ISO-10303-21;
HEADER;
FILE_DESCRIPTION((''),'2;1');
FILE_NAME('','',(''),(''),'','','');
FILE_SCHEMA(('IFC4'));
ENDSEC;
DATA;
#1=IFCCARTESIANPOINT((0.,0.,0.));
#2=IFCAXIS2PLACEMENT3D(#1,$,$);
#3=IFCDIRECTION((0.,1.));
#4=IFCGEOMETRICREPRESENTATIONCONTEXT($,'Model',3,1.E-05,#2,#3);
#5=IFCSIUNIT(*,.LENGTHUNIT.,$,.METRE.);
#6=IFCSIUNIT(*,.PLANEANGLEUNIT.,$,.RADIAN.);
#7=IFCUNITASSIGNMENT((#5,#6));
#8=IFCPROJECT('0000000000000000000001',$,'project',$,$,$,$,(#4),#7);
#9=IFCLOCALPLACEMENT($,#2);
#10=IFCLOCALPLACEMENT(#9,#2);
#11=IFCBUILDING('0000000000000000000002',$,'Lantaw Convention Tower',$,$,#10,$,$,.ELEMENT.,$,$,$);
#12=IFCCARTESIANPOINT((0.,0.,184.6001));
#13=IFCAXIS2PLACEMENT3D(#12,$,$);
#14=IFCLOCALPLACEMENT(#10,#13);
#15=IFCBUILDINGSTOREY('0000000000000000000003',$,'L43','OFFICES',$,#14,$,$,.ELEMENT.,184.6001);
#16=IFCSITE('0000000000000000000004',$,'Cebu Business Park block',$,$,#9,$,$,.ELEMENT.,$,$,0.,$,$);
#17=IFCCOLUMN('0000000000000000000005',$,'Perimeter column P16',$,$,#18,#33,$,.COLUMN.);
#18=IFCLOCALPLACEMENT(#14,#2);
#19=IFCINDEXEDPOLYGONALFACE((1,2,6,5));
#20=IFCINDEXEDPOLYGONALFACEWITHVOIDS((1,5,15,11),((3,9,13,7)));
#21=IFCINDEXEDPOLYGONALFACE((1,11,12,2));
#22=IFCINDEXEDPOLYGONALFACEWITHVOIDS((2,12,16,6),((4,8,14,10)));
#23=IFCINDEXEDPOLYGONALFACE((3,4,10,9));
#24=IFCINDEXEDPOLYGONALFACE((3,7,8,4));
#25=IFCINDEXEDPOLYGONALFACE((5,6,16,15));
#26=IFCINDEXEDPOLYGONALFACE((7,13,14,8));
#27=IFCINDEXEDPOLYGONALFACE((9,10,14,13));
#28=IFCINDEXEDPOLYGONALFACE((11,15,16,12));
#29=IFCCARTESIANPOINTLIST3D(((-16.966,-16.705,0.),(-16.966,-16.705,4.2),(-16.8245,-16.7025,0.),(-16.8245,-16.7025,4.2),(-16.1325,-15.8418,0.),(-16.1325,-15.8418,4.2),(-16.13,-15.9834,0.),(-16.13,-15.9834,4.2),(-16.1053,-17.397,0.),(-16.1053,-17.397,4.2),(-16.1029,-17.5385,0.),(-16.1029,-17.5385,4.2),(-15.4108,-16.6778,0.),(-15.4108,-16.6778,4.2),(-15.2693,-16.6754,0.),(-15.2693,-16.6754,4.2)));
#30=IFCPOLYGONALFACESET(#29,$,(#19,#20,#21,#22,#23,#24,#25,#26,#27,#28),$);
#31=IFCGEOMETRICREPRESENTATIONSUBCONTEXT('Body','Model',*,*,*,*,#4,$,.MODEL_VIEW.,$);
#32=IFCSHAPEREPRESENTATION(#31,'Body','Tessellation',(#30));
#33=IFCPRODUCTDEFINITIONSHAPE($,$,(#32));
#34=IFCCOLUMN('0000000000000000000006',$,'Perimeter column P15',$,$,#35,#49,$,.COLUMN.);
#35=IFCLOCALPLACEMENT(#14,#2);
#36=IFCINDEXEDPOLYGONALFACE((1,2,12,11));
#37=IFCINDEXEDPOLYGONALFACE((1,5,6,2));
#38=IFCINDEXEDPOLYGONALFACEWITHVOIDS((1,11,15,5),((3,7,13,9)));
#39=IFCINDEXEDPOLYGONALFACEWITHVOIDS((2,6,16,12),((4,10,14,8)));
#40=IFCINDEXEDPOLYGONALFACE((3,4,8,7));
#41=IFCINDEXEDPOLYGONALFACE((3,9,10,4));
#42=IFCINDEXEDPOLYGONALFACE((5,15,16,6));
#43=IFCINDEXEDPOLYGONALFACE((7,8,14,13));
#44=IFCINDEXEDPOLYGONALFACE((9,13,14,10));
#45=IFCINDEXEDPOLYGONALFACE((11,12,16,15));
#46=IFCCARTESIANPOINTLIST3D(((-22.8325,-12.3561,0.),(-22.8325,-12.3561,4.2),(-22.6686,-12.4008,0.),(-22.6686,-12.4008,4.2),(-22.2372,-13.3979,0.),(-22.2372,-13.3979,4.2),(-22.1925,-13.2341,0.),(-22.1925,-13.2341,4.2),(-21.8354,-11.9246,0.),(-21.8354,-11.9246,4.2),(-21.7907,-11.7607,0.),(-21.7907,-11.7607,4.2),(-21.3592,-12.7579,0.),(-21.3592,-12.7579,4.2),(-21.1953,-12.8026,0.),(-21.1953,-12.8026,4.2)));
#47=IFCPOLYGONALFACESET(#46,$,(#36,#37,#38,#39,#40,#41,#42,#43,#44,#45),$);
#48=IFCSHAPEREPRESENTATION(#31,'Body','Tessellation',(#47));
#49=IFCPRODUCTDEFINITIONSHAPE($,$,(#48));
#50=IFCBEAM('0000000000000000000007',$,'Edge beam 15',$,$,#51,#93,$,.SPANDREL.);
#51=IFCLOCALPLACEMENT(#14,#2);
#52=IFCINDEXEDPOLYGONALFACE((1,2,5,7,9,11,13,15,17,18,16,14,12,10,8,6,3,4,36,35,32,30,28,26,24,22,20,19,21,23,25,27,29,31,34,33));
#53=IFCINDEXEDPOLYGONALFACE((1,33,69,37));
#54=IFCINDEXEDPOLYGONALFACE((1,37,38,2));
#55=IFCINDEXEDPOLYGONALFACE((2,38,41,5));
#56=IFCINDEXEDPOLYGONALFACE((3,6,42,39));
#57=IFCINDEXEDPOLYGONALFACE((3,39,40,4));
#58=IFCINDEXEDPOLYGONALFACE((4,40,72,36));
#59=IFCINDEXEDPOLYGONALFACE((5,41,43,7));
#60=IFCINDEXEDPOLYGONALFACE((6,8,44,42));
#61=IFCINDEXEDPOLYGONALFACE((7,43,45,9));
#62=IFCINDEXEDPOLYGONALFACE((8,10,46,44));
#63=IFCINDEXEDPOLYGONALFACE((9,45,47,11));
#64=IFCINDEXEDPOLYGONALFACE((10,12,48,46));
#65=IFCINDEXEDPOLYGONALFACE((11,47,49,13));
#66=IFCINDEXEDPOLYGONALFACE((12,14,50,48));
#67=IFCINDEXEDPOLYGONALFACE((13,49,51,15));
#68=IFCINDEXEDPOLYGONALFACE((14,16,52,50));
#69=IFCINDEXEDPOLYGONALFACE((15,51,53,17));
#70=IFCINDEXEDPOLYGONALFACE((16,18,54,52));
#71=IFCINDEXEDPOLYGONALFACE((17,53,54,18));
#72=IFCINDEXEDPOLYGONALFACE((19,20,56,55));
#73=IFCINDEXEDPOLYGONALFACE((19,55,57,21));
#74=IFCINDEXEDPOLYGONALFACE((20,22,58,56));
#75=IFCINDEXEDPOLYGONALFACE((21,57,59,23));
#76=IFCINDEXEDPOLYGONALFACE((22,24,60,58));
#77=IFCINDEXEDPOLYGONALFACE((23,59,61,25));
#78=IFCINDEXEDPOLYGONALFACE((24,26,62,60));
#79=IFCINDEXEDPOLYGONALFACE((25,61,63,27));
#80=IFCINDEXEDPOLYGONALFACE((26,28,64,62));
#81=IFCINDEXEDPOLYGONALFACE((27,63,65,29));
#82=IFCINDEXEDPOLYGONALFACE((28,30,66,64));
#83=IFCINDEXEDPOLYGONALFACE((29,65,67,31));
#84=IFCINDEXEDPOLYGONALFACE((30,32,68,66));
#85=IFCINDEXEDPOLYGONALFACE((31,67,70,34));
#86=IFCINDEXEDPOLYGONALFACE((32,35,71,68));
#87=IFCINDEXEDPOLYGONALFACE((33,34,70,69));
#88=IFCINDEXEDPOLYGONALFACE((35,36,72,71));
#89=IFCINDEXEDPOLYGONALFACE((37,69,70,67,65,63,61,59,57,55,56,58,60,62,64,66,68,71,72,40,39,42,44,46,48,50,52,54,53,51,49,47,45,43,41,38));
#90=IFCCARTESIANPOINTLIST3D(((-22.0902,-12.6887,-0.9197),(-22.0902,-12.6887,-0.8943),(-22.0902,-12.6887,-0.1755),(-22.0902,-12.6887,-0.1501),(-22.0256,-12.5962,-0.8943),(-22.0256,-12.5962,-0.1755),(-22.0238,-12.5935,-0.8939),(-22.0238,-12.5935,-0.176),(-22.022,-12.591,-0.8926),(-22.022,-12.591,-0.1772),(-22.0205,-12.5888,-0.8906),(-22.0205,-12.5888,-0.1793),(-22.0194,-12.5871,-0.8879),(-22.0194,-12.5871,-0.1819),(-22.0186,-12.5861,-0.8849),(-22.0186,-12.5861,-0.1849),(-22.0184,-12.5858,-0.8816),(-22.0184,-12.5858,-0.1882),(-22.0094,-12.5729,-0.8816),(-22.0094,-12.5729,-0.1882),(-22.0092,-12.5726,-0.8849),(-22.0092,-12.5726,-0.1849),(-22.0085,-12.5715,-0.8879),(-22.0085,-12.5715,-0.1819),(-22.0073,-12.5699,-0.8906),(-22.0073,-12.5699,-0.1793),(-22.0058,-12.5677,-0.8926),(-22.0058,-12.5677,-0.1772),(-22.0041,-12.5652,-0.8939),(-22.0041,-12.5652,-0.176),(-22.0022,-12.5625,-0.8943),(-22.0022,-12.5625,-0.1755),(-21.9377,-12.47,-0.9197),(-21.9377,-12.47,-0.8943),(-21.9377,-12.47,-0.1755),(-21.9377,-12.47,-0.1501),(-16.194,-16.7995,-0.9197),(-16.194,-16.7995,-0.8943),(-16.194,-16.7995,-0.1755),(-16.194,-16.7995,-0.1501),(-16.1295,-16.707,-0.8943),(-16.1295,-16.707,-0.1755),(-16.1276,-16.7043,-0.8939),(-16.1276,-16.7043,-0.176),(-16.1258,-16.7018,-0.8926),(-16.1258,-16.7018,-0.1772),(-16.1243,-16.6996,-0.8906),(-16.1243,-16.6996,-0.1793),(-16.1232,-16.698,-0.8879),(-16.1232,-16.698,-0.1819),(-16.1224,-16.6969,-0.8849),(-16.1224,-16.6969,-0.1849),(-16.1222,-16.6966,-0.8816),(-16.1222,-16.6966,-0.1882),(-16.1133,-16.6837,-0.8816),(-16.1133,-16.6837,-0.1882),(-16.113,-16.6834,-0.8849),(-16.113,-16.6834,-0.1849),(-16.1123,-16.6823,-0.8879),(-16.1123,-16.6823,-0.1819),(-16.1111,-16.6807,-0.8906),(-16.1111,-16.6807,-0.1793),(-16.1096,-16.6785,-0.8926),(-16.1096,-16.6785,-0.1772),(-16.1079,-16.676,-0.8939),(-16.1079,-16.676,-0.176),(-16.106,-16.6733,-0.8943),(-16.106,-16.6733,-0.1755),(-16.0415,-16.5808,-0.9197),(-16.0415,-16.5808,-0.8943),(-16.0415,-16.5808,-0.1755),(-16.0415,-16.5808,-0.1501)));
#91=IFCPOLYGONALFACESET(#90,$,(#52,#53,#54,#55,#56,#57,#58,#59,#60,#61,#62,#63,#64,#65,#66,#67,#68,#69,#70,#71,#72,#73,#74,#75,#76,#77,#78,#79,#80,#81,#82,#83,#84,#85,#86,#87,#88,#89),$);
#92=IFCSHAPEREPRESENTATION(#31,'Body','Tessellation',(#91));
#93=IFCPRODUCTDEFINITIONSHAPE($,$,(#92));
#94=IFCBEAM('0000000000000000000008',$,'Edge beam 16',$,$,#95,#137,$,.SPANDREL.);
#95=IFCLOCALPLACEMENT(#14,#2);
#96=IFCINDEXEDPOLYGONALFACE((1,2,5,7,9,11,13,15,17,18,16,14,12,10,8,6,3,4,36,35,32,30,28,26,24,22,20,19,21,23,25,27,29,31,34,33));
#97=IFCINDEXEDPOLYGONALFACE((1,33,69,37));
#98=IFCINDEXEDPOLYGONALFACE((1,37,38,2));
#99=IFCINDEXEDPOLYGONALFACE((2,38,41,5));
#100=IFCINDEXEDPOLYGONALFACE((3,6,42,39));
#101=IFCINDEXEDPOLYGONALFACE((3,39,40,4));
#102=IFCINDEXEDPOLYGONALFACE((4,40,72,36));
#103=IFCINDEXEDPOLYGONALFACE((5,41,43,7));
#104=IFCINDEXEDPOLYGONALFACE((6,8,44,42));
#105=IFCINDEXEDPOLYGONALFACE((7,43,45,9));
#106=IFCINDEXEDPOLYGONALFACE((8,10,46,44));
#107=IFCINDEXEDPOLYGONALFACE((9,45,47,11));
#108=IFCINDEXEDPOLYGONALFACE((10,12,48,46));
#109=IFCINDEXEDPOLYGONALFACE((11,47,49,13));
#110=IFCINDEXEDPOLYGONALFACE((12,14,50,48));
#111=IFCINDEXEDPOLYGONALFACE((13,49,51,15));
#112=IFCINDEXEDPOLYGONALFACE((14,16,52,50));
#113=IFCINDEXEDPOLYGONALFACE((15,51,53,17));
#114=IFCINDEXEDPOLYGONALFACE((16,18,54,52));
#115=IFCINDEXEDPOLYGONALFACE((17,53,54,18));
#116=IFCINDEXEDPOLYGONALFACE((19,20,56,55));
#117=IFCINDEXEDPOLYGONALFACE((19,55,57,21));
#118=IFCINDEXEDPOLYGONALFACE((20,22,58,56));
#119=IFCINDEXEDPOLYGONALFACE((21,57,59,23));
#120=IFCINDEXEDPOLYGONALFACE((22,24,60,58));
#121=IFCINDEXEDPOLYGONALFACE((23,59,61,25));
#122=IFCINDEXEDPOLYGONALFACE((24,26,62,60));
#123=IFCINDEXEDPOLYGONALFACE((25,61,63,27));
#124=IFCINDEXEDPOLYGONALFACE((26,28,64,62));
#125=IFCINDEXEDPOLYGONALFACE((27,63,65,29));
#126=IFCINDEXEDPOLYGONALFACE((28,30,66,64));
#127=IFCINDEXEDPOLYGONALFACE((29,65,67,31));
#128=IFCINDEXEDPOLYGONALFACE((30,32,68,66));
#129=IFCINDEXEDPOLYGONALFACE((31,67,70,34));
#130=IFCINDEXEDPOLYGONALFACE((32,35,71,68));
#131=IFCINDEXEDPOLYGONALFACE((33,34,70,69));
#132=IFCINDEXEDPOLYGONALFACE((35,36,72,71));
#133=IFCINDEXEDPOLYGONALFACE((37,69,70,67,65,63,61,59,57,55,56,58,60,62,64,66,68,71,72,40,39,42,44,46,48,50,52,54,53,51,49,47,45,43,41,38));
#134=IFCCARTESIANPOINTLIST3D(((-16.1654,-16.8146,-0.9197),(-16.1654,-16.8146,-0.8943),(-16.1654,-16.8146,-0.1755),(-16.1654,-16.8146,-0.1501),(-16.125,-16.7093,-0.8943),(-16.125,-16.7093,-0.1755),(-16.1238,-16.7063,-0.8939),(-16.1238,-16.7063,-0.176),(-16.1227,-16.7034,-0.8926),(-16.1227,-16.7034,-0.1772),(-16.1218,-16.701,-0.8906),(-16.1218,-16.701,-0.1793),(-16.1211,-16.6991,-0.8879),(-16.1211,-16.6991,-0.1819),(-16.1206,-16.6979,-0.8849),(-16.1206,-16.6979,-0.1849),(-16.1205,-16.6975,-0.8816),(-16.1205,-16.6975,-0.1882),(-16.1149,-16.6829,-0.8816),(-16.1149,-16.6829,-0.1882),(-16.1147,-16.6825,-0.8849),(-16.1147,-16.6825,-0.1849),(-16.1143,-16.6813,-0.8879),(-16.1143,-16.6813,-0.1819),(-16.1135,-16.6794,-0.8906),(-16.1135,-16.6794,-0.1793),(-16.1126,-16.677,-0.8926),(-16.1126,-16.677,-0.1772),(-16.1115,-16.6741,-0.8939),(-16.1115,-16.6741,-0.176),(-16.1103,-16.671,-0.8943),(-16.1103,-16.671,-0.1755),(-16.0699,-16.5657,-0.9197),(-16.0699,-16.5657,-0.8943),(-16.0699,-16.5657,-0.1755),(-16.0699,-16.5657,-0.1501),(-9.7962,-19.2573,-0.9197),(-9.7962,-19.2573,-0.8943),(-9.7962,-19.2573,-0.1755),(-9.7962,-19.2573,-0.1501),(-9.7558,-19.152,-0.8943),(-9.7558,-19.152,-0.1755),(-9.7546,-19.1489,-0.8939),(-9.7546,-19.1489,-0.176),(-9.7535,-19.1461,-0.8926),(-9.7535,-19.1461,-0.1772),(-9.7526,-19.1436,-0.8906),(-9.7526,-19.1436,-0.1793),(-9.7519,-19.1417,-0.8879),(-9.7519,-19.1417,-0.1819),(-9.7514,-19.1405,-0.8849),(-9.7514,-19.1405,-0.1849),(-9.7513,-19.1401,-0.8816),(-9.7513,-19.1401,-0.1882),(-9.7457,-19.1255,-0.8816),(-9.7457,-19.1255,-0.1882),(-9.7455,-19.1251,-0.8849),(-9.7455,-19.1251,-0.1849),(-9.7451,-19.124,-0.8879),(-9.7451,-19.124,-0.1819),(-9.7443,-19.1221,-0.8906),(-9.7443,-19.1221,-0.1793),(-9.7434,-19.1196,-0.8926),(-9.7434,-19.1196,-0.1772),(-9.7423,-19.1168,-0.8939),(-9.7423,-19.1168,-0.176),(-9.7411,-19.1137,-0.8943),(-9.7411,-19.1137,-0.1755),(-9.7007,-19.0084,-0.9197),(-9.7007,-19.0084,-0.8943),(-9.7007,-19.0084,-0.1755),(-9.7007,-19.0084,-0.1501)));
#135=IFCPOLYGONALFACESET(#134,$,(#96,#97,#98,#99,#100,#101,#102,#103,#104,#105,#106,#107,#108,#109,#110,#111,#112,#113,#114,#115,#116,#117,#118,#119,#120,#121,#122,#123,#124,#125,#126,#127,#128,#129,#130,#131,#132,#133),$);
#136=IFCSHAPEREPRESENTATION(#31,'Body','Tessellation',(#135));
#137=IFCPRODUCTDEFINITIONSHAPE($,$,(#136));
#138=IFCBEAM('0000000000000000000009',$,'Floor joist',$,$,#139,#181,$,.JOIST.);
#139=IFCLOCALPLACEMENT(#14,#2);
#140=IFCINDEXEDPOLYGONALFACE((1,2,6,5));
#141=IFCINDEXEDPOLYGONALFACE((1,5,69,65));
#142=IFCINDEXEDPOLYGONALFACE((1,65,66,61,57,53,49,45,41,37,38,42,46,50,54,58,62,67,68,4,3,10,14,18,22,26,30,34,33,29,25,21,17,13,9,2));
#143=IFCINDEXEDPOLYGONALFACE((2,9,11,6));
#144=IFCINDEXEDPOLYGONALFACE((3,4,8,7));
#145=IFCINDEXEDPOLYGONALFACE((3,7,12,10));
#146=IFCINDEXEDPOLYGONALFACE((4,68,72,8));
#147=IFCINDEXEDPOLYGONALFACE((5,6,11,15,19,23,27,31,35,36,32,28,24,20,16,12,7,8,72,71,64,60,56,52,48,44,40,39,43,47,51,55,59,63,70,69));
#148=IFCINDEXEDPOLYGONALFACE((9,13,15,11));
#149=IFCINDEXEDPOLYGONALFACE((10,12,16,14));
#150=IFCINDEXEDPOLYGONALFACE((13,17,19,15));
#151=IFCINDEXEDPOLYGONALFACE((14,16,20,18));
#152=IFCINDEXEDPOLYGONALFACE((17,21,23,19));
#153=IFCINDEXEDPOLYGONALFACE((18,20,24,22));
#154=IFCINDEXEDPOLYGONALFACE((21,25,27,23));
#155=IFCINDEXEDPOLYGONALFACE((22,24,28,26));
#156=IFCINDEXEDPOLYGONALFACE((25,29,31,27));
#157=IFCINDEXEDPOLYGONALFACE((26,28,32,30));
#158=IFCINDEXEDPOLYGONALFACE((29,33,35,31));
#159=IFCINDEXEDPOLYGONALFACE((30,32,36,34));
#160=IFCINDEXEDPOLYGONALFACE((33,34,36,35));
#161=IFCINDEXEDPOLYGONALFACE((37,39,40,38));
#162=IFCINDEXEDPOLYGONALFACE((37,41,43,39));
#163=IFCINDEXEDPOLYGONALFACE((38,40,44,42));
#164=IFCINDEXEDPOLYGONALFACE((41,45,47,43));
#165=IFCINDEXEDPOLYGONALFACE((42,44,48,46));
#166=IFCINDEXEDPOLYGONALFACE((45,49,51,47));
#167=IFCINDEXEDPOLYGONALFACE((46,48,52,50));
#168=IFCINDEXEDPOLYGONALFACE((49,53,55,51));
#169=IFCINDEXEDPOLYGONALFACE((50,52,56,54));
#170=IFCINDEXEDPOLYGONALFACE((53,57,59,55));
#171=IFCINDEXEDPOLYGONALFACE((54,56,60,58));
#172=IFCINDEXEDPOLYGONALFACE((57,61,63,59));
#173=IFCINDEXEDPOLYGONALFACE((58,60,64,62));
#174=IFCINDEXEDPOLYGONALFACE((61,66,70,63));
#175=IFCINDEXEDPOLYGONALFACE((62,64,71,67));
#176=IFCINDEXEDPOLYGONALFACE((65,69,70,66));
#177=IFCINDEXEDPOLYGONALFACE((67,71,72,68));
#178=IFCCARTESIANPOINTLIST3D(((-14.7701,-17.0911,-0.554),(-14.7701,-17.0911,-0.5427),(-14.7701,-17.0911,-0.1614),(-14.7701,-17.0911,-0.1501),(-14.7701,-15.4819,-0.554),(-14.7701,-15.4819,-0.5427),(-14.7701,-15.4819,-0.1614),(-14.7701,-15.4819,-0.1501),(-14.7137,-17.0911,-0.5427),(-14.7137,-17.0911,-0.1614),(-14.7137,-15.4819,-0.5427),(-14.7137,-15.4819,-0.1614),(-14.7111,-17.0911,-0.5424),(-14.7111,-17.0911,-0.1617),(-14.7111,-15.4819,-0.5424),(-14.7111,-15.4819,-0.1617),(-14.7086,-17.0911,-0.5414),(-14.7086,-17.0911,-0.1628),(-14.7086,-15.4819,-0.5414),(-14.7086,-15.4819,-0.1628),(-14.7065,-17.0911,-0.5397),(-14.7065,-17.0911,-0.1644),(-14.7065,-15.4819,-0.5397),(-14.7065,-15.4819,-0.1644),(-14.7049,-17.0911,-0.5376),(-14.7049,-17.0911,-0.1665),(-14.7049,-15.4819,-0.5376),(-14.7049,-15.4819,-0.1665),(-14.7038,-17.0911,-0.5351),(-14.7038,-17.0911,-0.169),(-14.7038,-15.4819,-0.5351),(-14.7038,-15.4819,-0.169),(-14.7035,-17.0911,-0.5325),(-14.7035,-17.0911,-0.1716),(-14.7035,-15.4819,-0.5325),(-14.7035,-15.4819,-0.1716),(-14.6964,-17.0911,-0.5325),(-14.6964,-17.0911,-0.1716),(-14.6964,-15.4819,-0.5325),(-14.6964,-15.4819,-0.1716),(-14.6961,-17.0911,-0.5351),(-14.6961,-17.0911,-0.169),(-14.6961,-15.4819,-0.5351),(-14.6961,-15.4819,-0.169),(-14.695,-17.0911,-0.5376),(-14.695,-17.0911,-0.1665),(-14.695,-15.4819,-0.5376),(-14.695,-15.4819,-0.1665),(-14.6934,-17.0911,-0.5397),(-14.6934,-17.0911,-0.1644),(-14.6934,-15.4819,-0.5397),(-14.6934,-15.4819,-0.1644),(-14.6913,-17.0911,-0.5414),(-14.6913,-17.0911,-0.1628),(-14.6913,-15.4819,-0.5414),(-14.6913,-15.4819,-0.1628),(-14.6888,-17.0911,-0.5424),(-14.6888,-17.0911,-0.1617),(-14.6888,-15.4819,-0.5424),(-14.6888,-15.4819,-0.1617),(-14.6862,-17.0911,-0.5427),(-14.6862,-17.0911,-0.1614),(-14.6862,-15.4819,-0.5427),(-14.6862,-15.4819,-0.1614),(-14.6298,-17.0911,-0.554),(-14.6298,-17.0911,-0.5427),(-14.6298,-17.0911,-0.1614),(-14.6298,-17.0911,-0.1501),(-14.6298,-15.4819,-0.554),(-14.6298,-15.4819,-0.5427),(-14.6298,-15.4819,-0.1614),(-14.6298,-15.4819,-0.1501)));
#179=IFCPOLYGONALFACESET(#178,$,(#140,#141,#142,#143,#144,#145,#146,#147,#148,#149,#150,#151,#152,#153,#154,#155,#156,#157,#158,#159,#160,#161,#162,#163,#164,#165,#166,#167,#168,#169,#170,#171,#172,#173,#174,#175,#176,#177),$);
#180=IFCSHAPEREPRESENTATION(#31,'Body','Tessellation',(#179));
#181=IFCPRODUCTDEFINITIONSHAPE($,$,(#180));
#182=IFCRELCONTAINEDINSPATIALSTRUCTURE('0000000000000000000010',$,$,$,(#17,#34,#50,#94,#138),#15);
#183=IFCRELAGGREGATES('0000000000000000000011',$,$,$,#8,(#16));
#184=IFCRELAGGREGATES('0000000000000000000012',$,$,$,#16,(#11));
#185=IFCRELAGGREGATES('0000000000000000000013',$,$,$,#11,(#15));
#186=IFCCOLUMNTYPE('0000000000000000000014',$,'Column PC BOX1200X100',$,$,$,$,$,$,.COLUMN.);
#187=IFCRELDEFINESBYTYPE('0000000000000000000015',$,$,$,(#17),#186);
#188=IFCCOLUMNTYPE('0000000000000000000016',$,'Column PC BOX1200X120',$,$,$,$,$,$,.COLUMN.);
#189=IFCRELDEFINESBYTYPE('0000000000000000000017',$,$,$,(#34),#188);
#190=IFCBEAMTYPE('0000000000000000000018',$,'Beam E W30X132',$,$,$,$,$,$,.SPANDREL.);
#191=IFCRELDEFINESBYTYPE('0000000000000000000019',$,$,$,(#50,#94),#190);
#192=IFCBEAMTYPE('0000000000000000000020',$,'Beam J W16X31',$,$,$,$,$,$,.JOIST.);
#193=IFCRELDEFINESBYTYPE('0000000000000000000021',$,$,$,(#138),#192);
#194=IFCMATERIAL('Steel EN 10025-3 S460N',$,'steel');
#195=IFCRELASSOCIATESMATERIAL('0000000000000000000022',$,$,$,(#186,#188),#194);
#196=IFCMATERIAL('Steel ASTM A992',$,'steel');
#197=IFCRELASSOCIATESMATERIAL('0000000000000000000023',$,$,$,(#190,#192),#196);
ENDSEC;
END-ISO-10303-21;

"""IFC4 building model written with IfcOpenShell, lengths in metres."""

from ifc_helpers import new_model, si_unit, direction, frame, origin, origin_2d, place, context, subcontext, project, spatial, rectangle, hollow_rectangle, i_section, extrude, material, material_profile, profile_set, type_object, element, save


model = new_model("IFC4")

# Units and contexts
model_context = context("Model", 3, precision=1e-05, world=origin(), true_north=direction((0.0, 1.0)))
body_context = subcontext(model_context, "Body", "Model", "MODEL_VIEW")
ifc_project = project(units=[si_unit("LENGTHUNIT", "METRE"), si_unit("PLANEANGLEUNIT", "RADIAN")], contexts=[model_context])

# Site, building, storey
site_placement = place(None, origin())
site = spatial("IfcSite", under=ifc_project, at=site_placement, Name="Cebu Business Park block", CompositionType="ELEMENT", RefElevation=0.0)
building_placement = place(site_placement, origin())
building = spatial("IfcBuilding", under=site, at=building_placement, Name="Lantaw Convention Tower", CompositionType="ELEMENT")
storey_placement = place(building_placement, frame((0.0, 0.0, 184.6001)))
storey = spatial("IfcBuildingStorey", under=building, at=storey_placement, Name="L43", Description="OFFICES", CompositionType="ELEMENT", Elevation=184.6001)

# Columns
ifc_material_1 = material(Name="Steel EN 10025-3 S460N", Category="steel")
ifc_material_profile_1 = material_profile(ifc_material_1, hollow_rectangle(XDim=1.2, YDim=1.2, WallThickness=0.1001, at=origin_2d()), Name="BOX1200X100")
ifc_material_2 = material(Name="Concrete C60/75", Category="concrete")
ifc_material_profile_2 = material_profile(ifc_material_2, rectangle(XDim=1.0, YDim=1.0, at=origin_2d()), Name="Concrete fill of BOX1200X100")
ifc_profile_set_1 = profile_set([ifc_material_profile_1, ifc_material_profile_2], Name="Steel EN 10025-3 S460N")
column_type_1 = type_object("IfcColumnType", Name="Column PC BOX1200X100", PredefinedType="COLUMN", material=ifc_profile_set_1)
column_1_placement = place(storey_placement, frame((-16.1177, -16.6902, 0.0), z_axis=(0.0, 0.0, 1.0), x_axis=(0.694658, 0.71934, 0.0)))
element("IfcColumn", 1, at=column_1_placement, inside=storey, type_object=column_type_1, Name="Perimeter column P16", PredefinedType="COLUMN", context=body_context, shape_type="SweptSolid", body=[
    extrude(hollow_rectangle(XDim=1.2, YDim=1.2, WallThickness=0.1001, at=origin_2d()), origin(), (0.0, 0.0, 1.0), 4.2),
])
ifc_material_profile_3 = material_profile(ifc_material_1, hollow_rectangle(XDim=1.2, YDim=1.2, WallThickness=0.1201, at=origin_2d()), Name="BOX1200X120")
ifc_material_profile_4 = material_profile(ifc_material_2, rectangle(XDim=0.96, YDim=0.96, at=origin_2d()), Name="Concrete fill of BOX1200X120")
ifc_profile_set_2 = profile_set([ifc_material_profile_3, ifc_material_profile_4], Name="Steel EN 10025-3 S460N")
column_type_2 = type_object("IfcColumnType", Name="Column PC BOX1200X120", PredefinedType="COLUMN", material=ifc_profile_set_2)
column_2_placement = place(storey_placement, frame((-22.0139, -12.5793, 0.0), z_axis=(0.0, 0.0, 1.0), x_axis=(0.868243, 0.496139, 0.0)))
element("IfcColumn", 2, at=column_2_placement, inside=storey, type_object=column_type_2, Name="Perimeter column P15", PredefinedType="COLUMN", context=body_context, shape_type="SweptSolid", body=[
    extrude(hollow_rectangle(XDim=1.2, YDim=1.2, WallThickness=0.1201, at=origin_2d()), origin(), (0.0, 0.0, 1.0), 4.2),
])

# Beams
ifc_material_3 = material(Name="Steel ASTM A992", Category="steel")
ifc_material_profile_5 = material_profile(ifc_material_3, i_section(OverallWidth=0.2666, OverallDepth=0.7695, WebThickness=0.0156, FlangeThickness=0.0254, FilletRadius=0.0127, at=origin_2d()), Name="W30X132")
ifc_profile_set_3 = profile_set([ifc_material_profile_5], Name="Steel ASTM A992")
beam_type_1 = type_object("IfcBeamType", Name="Beam E W30X132", PredefinedType="SPANDREL", material=ifc_profile_set_3)
beam_1_placement = place(storey_placement, frame((-22.0139, -12.5793, -0.5349), z_axis=(0.820311, -0.571918, 0.0), x_axis=(0.571918, 0.820311, 0.0)))
element("IfcBeam", 3, at=beam_1_placement, inside=storey, type_object=beam_type_1, Name="Edge beam 15", PredefinedType="SPANDREL", context=body_context, shape_type="SweptSolid", body=[
    extrude(i_section(OverallWidth=0.2666, OverallDepth=0.7695, WebThickness=0.0156, FlangeThickness=0.0254, FilletRadius=0.0127, at=origin_2d()), origin(), (0.0, 0.0, 1.0), 7.1877),
])
beam_2_placement = place(storey_placement, frame((-16.1177, -16.6902, -0.5349), z_axis=(0.933691, -0.35808, 0.0), x_axis=(0.35808, 0.933691, 0.0)))
element("IfcBeam", 4, at=beam_2_placement, inside=storey, type_object=beam_type_1, Name="Edge beam 16", PredefinedType="SPANDREL", context=body_context, shape_type="SweptSolid", body=[
    extrude(i_section(OverallWidth=0.2666, OverallDepth=0.7695, WebThickness=0.0156, FlangeThickness=0.0254, FilletRadius=0.0127, at=origin_2d()), origin(), (0.0, 0.0, 1.0), 6.8215),
])
ifc_material_profile_6 = material_profile(ifc_material_3, i_section(OverallWidth=0.1404, OverallDepth=0.4038, WebThickness=0.0071, FlangeThickness=0.0112, FilletRadius=0.0103, at=origin_2d()), Name="W16X31")
ifc_profile_set_4 = profile_set([ifc_material_profile_6], Name="Steel ASTM A992")
beam_type_2 = type_object("IfcBeamType", Name="Beam J W16X31", PredefinedType="JOIST", material=ifc_profile_set_4)
beam_3_placement = place(storey_placement, frame((-14.7, -17.0911, -0.3521), z_axis=(0.0, 1.0, 0.0), x_axis=(-1.0, 0.0, 0.0)))
element("IfcBeam", 5, at=beam_3_placement, inside=storey, type_object=beam_type_2, Name="Floor joist", PredefinedType="JOIST", context=body_context, shape_type="SweptSolid", body=[
    extrude(i_section(OverallWidth=0.1404, OverallDepth=0.4038, WebThickness=0.0071, FlangeThickness=0.0112, FilletRadius=0.0103, at=origin_2d()), origin(), (0.0, 0.0, 1.0), 1.6091),
])

save(model, "model.ifc")
